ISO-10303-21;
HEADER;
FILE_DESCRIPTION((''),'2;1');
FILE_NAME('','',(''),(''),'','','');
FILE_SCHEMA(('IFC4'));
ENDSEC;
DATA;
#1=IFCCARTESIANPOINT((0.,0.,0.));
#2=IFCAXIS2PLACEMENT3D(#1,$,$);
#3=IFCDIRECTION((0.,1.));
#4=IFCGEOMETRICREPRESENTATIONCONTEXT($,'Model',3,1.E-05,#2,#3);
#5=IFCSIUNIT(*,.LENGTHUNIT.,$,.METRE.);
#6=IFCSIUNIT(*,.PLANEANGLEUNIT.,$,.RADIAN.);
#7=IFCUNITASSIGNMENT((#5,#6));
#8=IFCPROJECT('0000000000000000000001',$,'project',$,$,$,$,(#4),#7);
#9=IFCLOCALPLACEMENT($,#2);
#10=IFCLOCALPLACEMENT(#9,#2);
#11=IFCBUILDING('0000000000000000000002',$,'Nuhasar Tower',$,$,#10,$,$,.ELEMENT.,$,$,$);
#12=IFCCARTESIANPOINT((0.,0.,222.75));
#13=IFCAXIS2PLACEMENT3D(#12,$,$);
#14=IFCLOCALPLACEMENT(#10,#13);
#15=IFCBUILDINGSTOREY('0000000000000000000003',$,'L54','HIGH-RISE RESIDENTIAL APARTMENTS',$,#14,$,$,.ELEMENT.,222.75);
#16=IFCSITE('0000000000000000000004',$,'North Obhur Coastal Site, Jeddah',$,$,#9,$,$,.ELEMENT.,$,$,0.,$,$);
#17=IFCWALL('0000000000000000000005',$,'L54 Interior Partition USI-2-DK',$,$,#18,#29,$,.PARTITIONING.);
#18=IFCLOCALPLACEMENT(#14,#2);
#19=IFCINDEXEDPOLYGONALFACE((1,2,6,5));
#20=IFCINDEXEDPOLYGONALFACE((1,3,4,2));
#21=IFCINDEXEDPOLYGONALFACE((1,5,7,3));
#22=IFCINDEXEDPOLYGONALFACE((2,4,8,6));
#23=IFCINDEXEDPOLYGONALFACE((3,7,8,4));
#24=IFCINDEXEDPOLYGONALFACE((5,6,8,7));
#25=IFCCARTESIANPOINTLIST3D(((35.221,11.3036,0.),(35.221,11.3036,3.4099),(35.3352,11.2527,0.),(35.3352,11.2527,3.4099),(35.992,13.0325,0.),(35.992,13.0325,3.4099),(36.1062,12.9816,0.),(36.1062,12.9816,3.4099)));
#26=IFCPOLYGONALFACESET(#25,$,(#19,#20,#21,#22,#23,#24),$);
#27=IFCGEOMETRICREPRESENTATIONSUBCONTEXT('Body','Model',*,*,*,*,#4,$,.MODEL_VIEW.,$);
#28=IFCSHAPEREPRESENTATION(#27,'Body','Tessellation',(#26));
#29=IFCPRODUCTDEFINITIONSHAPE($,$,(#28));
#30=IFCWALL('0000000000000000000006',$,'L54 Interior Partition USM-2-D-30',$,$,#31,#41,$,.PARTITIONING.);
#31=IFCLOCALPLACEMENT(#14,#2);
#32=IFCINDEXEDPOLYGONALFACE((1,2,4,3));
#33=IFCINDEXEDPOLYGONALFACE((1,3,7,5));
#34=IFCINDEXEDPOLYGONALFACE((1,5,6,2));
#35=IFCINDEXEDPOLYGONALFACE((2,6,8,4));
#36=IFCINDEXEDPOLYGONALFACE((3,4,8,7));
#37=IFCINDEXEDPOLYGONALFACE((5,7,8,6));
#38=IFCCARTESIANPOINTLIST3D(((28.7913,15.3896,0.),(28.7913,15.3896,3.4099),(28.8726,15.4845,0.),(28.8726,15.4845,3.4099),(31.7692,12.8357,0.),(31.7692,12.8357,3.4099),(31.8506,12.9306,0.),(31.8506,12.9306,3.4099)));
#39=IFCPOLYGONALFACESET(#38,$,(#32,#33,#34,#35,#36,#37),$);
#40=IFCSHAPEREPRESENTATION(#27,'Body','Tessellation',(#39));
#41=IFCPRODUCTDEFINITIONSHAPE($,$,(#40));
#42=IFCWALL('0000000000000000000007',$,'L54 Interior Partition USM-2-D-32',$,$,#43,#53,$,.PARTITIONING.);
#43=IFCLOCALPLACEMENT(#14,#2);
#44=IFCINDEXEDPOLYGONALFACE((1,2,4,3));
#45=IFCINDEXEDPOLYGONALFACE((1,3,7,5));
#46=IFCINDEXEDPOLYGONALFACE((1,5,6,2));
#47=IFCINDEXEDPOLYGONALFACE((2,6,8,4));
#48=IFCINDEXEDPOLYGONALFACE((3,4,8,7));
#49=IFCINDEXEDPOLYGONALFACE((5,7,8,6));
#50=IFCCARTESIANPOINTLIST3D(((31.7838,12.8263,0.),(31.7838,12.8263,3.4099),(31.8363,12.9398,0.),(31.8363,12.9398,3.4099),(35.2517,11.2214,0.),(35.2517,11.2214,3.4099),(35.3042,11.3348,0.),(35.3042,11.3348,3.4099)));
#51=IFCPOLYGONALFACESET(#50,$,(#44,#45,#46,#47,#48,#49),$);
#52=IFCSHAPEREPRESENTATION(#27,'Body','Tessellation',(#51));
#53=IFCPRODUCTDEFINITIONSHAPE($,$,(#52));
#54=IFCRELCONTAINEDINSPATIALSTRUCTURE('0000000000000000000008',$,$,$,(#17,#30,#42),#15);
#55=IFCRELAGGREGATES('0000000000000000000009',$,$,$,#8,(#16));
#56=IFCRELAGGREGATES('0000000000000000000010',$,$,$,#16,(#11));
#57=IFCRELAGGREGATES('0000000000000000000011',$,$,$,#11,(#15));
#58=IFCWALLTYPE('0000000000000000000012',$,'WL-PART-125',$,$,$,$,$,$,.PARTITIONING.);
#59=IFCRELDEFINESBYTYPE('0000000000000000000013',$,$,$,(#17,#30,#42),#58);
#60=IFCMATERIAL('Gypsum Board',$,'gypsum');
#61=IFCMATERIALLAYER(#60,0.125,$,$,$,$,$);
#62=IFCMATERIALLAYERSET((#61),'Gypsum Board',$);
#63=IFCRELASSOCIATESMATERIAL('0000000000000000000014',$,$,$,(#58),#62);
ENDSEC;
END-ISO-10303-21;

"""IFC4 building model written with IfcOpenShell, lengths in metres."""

from ifc_helpers import new_model, si_unit, direction, frame, frame_2d, origin, place, context, subcontext, project, spatial, rectangle, extrude, material, layer, layer_set, type_object, element, save


model = new_model("IFC4")

# Units and contexts
model_context = context("Model", 3, precision=1e-05, world=origin(), true_north=direction((0.0, 1.0)))
body_context = subcontext(model_context, "Body", "Model", "MODEL_VIEW")
ifc_project = project(units=[si_unit("LENGTHUNIT", "METRE"), si_unit("PLANEANGLEUNIT", "RADIAN")], contexts=[model_context])

# Site, building, storey
site_placement = place(None, origin())
site = spatial("IfcSite", under=ifc_project, at=site_placement, Name="North Obhur Coastal Site, Jeddah", CompositionType="ELEMENT", RefElevation=0.0)
building_placement = place(site_placement, origin())
building = spatial("IfcBuilding", under=site, at=building_placement, Name="Nuhasar Tower", CompositionType="ELEMENT")
storey_placement = place(building_placement, frame((0.0, 0.0, 222.75)))
storey = spatial("IfcBuildingStorey", under=building, at=storey_placement, Name="L54", Description="HIGH-RISE RESIDENTIAL APARTMENTS", CompositionType="ELEMENT", Elevation=222.75)

# Walls
ifc_material_1 = material(Name="Gypsum Board", Category="gypsum")
ifc_layer_1 = layer(ifc_material_1, 0.125)
ifc_layer_set_1 = layer_set([ifc_layer_1], Name="Gypsum Board")
wall_type_1 = type_object("IfcWallType", Name="WL-PART-125", PredefinedType="PARTITIONING", material=ifc_layer_set_1)
wall_1_placement = place(storey_placement, frame((36.0491, 13.0071, 0.0), z_axis=(0.0, 0.0, 1.0), x_axis=(-0.407263, -0.913311, 0.0)))
element("IfcWall", 1, at=wall_1_placement, inside=storey, type_object=wall_type_1, Name="L54 Interior Partition USI-2-DK", PredefinedType="PARTITIONING", context=body_context, shape_type="SweptSolid", body=[
    extrude(rectangle(XDim=1.8931, YDim=0.125, at=frame_2d((0.9465, 0.0))), origin(), (0.0, 0.0, 1.0), 3.4099),
])
wall_2_placement = place(storey_placement, frame((28.832, 15.437, 0.0), z_axis=(0.0, 0.0, 1.0), x_axis=(0.759085, -0.650991, 0.0)))
element("IfcWall", 2, at=wall_2_placement, inside=storey, type_object=wall_type_1, Name="L54 Interior Partition USM-2-D-30", PredefinedType="PARTITIONING", context=body_context, shape_type="SweptSolid", body=[
    extrude(rectangle(XDim=3.9231, YDim=0.125, at=frame_2d((1.9614, 0.0))), origin(), (0.0, 0.0, 1.0), 3.4099),
])
wall_3_placement = place(storey_placement, frame((31.8101, 12.8831, 0.0), z_axis=(0.0, 0.0, 1.0), x_axis=(0.907525, -0.419998, 0.0)))
element("IfcWall", 3, at=wall_3_placement, inside=storey, type_object=wall_type_1, Name="L54 Interior Partition USM-2-D-32", PredefinedType="PARTITIONING", context=body_context, shape_type="SweptSolid", body=[
    extrude(rectangle(XDim=3.8213, YDim=0.125, at=frame_2d((1.9106, 0.0))), origin(), (0.0, 0.0, 1.0), 3.4099),
])

save(model, "model.ifc")
